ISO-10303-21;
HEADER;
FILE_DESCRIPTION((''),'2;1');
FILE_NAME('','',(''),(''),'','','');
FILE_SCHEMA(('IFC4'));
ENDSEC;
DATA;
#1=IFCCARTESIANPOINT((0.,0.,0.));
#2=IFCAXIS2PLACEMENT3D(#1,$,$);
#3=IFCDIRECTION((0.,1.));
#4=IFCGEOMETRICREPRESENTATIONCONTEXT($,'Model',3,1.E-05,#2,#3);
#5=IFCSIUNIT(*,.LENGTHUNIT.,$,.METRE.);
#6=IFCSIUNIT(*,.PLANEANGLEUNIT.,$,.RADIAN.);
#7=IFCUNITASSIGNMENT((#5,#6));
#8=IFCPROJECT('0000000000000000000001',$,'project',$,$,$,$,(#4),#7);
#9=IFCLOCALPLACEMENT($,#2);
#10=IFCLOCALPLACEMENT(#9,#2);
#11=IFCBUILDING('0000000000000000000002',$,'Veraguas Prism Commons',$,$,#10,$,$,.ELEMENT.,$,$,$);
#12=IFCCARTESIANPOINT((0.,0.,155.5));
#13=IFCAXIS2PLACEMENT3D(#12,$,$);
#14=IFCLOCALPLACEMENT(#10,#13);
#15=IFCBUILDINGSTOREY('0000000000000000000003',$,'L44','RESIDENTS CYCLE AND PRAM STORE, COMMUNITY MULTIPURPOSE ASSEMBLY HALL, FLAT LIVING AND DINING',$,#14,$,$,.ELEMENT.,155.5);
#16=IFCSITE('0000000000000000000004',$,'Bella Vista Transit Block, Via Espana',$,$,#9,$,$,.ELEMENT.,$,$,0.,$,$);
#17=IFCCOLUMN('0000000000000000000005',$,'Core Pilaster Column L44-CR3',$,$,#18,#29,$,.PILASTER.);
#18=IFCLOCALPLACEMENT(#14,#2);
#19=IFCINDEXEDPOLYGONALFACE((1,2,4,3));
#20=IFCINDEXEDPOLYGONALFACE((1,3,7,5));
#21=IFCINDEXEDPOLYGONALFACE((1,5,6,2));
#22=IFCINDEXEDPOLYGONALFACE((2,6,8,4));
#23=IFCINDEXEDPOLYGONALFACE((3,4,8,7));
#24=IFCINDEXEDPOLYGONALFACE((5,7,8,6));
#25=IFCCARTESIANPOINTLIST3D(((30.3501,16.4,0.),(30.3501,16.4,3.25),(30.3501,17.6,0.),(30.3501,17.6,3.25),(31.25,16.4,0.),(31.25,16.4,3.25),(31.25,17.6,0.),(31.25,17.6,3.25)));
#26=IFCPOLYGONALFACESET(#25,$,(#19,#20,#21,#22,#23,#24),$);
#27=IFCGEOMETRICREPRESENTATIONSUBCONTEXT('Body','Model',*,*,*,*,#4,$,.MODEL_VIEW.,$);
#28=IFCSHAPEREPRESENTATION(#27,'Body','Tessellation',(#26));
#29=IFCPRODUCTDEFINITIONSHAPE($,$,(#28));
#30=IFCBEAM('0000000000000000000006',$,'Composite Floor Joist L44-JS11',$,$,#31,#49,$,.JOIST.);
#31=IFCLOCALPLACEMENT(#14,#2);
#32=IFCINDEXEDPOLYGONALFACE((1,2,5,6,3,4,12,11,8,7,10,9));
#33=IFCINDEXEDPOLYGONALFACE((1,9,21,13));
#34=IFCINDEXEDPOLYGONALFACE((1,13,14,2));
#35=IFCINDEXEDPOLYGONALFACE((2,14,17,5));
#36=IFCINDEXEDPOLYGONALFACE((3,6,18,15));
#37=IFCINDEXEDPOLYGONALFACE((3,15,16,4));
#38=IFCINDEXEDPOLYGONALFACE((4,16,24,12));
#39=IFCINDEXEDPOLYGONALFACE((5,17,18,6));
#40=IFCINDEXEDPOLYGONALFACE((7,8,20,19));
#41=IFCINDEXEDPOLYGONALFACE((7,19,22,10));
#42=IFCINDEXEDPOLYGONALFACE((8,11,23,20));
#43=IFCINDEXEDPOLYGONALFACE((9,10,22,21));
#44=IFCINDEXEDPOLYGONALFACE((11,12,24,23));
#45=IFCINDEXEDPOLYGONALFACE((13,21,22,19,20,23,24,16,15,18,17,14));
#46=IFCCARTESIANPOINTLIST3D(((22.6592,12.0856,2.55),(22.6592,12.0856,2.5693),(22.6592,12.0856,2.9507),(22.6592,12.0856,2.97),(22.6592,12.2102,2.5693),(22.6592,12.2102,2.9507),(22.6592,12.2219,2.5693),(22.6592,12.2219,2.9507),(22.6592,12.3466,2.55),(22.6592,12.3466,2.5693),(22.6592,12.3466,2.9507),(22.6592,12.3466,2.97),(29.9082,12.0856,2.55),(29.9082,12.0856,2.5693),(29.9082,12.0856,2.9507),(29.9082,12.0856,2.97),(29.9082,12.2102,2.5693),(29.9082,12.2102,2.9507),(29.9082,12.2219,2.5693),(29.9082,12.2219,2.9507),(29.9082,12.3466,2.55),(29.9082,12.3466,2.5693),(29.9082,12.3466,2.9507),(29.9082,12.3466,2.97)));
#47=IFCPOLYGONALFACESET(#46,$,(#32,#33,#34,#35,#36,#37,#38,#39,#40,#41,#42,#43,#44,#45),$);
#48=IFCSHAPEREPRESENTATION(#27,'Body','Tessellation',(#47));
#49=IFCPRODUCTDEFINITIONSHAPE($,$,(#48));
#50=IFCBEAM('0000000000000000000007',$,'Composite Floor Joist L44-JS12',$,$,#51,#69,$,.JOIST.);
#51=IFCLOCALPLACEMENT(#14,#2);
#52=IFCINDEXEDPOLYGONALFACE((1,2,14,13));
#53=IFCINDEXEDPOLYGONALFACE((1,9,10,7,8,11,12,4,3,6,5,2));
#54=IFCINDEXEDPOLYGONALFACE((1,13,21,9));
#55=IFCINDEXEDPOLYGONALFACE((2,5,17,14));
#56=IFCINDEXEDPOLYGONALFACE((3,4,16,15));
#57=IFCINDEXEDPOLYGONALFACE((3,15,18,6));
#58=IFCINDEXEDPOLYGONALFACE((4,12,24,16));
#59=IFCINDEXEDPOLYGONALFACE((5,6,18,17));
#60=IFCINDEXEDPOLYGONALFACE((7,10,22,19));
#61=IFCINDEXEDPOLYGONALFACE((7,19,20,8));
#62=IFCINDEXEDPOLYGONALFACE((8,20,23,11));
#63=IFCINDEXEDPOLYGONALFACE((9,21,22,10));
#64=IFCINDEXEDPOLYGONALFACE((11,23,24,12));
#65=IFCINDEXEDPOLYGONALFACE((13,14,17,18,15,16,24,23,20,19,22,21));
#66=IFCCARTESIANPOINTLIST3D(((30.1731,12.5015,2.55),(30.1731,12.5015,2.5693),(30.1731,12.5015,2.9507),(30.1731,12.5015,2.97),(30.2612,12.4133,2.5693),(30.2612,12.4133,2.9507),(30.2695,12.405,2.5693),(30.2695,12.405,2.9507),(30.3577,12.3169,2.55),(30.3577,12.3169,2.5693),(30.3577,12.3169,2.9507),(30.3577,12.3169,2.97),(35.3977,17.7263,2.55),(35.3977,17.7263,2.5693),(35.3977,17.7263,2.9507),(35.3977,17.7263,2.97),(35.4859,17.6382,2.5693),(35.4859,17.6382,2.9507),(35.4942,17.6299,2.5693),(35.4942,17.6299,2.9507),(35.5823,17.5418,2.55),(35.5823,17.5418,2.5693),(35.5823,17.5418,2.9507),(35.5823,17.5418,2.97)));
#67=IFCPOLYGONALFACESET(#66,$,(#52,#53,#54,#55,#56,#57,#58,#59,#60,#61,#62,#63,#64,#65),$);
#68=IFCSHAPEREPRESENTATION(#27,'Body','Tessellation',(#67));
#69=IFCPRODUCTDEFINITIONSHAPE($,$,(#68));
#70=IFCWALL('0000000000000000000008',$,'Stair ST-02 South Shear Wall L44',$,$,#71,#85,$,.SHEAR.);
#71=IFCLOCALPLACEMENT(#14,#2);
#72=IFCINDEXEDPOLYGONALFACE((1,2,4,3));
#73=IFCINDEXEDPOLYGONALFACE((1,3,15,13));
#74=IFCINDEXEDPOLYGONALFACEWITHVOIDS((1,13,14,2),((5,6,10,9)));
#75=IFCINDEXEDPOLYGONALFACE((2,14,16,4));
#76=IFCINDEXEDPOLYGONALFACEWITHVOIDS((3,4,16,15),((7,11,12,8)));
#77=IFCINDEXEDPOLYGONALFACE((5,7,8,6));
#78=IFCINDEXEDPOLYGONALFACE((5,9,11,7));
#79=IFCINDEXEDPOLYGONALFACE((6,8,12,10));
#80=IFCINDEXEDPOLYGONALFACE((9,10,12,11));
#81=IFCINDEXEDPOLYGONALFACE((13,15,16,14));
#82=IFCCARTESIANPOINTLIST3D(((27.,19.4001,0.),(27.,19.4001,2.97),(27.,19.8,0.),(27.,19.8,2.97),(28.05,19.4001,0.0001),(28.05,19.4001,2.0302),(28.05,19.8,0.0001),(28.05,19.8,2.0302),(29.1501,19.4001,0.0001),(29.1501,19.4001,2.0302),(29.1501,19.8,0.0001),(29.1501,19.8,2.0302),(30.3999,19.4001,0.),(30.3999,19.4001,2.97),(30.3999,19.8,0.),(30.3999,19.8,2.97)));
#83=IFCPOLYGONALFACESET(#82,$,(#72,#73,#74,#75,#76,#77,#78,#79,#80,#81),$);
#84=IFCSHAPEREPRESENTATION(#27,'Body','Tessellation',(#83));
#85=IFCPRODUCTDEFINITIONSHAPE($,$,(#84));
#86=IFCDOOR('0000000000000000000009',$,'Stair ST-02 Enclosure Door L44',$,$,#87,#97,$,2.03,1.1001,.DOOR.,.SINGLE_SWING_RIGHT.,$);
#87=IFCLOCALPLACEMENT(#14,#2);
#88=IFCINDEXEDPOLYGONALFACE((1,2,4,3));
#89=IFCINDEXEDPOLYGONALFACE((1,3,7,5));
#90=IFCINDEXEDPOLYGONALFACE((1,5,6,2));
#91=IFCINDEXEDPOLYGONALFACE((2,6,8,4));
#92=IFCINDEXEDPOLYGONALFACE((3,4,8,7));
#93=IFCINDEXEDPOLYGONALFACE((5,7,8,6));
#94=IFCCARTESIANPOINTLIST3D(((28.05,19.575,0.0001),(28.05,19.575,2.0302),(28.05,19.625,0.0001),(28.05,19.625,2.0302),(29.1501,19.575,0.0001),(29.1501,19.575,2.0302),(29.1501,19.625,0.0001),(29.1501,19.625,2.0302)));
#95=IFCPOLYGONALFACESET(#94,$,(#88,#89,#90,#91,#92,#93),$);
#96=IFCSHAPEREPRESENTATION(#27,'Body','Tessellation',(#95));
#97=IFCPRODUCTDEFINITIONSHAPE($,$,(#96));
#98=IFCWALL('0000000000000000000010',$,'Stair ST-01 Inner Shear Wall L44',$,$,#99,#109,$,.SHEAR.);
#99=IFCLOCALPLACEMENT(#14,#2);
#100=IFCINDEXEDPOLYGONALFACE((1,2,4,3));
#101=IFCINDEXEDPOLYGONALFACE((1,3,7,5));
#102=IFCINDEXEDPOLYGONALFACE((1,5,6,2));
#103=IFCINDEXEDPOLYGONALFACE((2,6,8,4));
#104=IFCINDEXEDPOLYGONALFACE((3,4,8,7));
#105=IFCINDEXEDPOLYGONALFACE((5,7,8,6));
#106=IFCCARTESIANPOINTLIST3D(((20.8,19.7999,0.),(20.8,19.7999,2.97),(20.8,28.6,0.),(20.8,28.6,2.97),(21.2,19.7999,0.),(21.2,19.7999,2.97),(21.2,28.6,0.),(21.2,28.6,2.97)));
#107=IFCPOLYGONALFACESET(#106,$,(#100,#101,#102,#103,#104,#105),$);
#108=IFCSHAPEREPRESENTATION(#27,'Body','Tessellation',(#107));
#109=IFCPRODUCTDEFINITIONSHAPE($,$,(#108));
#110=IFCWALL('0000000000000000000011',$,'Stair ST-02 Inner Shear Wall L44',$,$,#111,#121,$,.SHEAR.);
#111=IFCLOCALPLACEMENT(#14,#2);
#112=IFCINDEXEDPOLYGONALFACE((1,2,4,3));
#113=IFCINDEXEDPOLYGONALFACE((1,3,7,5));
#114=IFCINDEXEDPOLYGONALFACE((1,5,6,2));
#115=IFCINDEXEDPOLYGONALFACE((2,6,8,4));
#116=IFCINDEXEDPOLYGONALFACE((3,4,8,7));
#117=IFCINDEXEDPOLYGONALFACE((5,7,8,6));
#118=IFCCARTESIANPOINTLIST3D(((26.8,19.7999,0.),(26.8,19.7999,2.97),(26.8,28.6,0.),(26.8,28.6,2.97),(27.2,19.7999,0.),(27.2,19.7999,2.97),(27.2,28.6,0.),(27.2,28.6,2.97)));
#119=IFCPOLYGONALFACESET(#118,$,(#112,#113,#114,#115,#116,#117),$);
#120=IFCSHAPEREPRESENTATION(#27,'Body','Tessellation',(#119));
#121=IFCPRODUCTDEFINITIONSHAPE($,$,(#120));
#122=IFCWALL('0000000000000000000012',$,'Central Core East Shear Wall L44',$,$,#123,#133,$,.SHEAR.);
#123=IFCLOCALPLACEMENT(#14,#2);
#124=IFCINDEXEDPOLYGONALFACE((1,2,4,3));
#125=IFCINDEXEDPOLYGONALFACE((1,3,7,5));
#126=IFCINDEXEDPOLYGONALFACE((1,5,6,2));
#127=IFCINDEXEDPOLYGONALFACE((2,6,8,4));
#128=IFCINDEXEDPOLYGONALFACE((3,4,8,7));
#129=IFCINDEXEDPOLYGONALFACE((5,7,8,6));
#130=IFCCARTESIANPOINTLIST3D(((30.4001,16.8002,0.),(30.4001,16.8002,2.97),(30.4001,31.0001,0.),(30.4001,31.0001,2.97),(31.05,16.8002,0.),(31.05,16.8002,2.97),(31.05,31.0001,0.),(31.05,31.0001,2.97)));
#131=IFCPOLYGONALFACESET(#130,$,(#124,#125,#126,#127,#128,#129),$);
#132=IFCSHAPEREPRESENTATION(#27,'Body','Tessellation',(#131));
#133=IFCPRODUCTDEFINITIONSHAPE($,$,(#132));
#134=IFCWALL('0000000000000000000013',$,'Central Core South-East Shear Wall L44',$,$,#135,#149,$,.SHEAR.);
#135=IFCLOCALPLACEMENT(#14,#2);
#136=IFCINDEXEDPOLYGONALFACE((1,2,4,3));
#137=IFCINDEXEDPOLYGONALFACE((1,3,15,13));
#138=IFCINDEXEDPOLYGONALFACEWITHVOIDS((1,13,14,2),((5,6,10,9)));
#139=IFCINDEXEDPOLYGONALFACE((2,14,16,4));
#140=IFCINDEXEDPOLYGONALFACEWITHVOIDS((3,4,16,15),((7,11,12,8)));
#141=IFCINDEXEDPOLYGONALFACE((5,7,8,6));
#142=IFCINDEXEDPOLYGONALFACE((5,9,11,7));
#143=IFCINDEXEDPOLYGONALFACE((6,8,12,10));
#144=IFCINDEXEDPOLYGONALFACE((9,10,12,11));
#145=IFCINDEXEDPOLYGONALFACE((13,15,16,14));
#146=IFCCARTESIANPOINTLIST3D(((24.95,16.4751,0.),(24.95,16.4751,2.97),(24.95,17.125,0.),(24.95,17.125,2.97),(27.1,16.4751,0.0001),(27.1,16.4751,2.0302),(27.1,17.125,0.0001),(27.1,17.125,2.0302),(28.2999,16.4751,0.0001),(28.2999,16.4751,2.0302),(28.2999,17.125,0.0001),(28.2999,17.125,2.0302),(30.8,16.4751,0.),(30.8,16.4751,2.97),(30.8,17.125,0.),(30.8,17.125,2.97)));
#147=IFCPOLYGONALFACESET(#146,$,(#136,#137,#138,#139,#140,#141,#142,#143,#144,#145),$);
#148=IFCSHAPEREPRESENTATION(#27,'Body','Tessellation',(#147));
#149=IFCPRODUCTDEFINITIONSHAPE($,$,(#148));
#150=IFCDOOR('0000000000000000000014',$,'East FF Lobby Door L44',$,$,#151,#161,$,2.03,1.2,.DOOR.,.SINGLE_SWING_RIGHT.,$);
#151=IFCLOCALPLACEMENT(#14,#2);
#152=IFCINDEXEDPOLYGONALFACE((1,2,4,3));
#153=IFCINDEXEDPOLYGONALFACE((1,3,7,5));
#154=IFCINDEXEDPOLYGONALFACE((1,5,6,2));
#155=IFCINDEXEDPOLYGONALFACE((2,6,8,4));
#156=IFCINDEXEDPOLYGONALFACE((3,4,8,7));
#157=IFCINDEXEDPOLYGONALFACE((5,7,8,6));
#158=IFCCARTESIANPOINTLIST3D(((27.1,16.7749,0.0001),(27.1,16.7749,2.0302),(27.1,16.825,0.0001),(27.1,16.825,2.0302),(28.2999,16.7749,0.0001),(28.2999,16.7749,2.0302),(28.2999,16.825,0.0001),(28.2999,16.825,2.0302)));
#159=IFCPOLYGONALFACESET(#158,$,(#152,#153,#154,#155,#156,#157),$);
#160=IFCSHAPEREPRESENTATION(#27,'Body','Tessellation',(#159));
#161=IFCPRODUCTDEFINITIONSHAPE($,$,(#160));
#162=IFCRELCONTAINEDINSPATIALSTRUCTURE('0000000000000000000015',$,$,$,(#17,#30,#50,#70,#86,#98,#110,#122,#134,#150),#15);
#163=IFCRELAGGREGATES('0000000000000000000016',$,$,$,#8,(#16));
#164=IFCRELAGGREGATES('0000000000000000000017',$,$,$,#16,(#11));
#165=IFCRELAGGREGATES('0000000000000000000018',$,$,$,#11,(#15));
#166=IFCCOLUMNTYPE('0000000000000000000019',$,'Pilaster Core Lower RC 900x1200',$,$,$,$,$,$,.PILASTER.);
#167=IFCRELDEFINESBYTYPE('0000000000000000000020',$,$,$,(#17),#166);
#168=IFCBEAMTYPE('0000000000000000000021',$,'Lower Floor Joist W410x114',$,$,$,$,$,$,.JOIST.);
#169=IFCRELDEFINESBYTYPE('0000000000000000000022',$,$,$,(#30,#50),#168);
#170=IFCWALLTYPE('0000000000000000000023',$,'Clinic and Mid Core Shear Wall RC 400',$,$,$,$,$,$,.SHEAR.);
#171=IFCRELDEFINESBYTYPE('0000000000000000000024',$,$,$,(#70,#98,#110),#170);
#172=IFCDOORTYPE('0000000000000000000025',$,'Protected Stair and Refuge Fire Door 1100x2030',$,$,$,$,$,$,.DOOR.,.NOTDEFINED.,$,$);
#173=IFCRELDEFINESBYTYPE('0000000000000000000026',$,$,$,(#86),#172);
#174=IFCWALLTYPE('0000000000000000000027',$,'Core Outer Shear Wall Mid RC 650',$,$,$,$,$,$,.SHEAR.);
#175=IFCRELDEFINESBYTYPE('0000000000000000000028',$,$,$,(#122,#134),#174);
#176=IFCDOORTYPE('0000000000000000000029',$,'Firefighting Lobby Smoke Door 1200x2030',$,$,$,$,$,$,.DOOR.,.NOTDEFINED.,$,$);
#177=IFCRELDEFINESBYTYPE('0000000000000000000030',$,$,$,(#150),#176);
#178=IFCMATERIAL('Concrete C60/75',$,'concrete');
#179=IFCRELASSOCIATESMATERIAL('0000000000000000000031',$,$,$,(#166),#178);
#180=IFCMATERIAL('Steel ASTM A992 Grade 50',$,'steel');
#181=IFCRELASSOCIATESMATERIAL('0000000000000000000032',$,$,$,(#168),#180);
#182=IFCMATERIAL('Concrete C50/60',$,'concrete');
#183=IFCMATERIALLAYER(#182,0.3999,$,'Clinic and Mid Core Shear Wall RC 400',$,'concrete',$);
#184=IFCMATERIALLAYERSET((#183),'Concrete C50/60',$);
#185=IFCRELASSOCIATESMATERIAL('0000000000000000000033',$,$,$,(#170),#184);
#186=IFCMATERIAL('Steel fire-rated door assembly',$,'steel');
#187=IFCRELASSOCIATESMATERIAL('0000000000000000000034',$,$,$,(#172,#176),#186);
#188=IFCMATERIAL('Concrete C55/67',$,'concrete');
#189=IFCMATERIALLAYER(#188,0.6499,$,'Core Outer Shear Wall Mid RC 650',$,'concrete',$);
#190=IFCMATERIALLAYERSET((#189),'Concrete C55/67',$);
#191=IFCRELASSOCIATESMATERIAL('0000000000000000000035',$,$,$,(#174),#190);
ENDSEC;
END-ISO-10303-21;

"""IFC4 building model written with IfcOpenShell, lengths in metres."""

from ifc_helpers import new_model, si_unit, direction, frame, frame_2d, origin, origin_2d, place, context, subcontext, project, spatial, rectangle, i_section, extrude, source, transform, mapped, material, layer, layer_set, material_profile, profile_set, type_object, element, fill, save


model = new_model("IFC4")

# Units and contexts
model_context = context("Model", 3, precision=1e-05, world=origin(), true_north=direction((0.0, 1.0)))
body_context = subcontext(model_context, "Body", "Model", "MODEL_VIEW")
ifc_project = project(units=[si_unit("LENGTHUNIT", "METRE"), si_unit("PLANEANGLEUNIT", "RADIAN")], contexts=[model_context])

# Site, building, storey
site_placement = place(None, origin())
site = spatial("IfcSite", under=ifc_project, at=site_placement, Name="Bella Vista Transit Block, Via Espana", CompositionType="ELEMENT", RefElevation=0.0)
building_placement = place(site_placement, origin())
building = spatial("IfcBuilding", under=site, at=building_placement, Name="Veraguas Prism Commons", CompositionType="ELEMENT")
storey_placement = place(building_placement, frame((0.0, 0.0, 155.5)))
storey = spatial("IfcBuildingStorey", under=building, at=storey_placement, Name="L44", Description="RESIDENTS CYCLE AND PRAM STORE, COMMUNITY MULTIPURPOSE ASSEMBLY HALL, FLAT LIVING AND DINING", CompositionType="ELEMENT", Elevation=155.5)

# Column
ifc_material_1 = material(Name="Concrete C60/75", Category="concrete")
ifc_material_profile_1 = material_profile(ifc_material_1, rectangle(XDim=0.8999, YDim=1.2, at=origin_2d()), Name="RC900X1200")
ifc_profile_set_1 = profile_set([ifc_material_profile_1], Name="Concrete C60/75")
column_type = type_object("IfcColumnType", Name="Pilaster Core Lower RC 900x1200", PredefinedType="PILASTER", material=ifc_profile_set_1)
column_placement = place(storey_placement, frame((30.8, 17.0, 0.0), z_axis=(0.0, 0.0, 1.0), x_axis=(1.0, 0.0, 0.0)))
element("IfcColumn", 1, at=column_placement, inside=storey, type_object=column_type, Name="Core Pilaster Column L44-CR3", PredefinedType="PILASTER", context=body_context, shape_type="SweptSolid", body=[
    extrude(rectangle(XDim=0.8999, YDim=1.2, at=origin_2d()), origin(), (0.0, 0.0, 1.0), 3.25),
])

# Beams
ifc_material_2 = material(Name="Steel ASTM A992 Grade 50", Category="steel")
ifc_material_profile_2 = material_profile(ifc_material_2, i_section(OverallWidth=0.261, OverallDepth=0.4199, WebThickness=0.0117, FlangeThickness=0.0193, at=origin_2d()), Name="W410X114")
ifc_profile_set_2 = profile_set([ifc_material_profile_2], Name="Steel ASTM A992 Grade 50")
beam_type = type_object("IfcBeamType", Name="Lower Floor Joist W410x114", PredefinedType="JOIST", material=ifc_profile_set_2)
beam_1_placement = place(storey_placement, frame((22.6592, 12.2161, 2.76), z_axis=(1.0, 0.0, 0.0), x_axis=(0.0, 1.0, 0.0)))
element("IfcBeam", 2, at=beam_1_placement, inside=storey, type_object=beam_type, Name="Composite Floor Joist L44-JS11", PredefinedType="JOIST", context=body_context, shape_type="SweptSolid", body=[
    extrude(i_section(OverallWidth=0.261, OverallDepth=0.4199, WebThickness=0.0117, FlangeThickness=0.0193, at=origin_2d()), origin(), (0.0, 0.0, 1.0), 7.249),
])
beam_2_placement = place(storey_placement, frame((30.2654, 12.4092, 2.76), z_axis=(0.70709, 0.707123, 0.0), x_axis=(-0.707123, 0.70709, 0.0)))
element("IfcBeam", 3, at=beam_2_placement, inside=storey, type_object=beam_type, Name="Composite Floor Joist L44-JS12", PredefinedType="JOIST", context=body_context, shape_type="SweptSolid", body=[
    extrude(i_section(OverallWidth=0.261, OverallDepth=0.4199, WebThickness=0.0117, FlangeThickness=0.0193, at=origin_2d()), origin(), (0.0, 0.0, 1.0), 7.3889),
])

# Wall, opening, door
ifc_material_3 = material(Name="Concrete C50/60", Category="concrete")
ifc_layer_1 = layer(ifc_material_3, 0.3999, Name="Clinic and Mid Core Shear Wall RC 400", Category="concrete")
ifc_layer_set_1 = layer_set([ifc_layer_1], Name="Concrete C50/60")
wall_type_1 = type_object("IfcWallType", Name="Clinic and Mid Core Shear Wall RC 400", PredefinedType="SHEAR", material=ifc_layer_set_1)
wall_1_placement = place(storey_placement, frame((27.0, 19.6001, 0.0), z_axis=(0.0, 0.0, 1.0), x_axis=(1.0, 0.0, 0.0)))
wall_1 = element("IfcWall", 4, at=wall_1_placement, inside=storey, type_object=wall_type_1, Name="Stair ST-02 South Shear Wall L44", PredefinedType="SHEAR", context=body_context, shape_type="SweptSolid", body=[
    extrude(rectangle(XDim=3.3999, YDim=0.3999, at=frame_2d((1.7, 0.0))), origin(), (0.0, 0.0, 1.0), 2.97),
])
opening_1_placement = place(wall_1_placement, frame((1.05, 0.0, 0.0)))
opening_1 = element("IfcOpeningElement", 5, at=opening_1_placement, cuts=wall_1, PredefinedType="OPENING", context=body_context, shape_type="SweptSolid", body=[
    extrude(rectangle(XDim=1.1001, YDim=2.03, at=frame_2d((0.55, 1.0151))), frame((0.0, 0.21, 0.0), z_axis=(0.0, -1.0, 0.0), x_axis=(1.0, 0.0, 0.0)), (0.0, 0.0, 1.0), 0.4199),
])
ifc_material_4 = material(Name="Steel fire-rated door assembly", Category="steel")
door_type_1 = type_object("IfcDoorType", Name="Protected Stair and Refuge Fire Door 1100x2030", OperationType="NOTDEFINED", PredefinedType="DOOR", material=ifc_material_4)
shared_shape_1 = source(origin(), body_context, "Body", "SweptSolid", [
    extrude(rectangle(XDim=1.1001, YDim=2.03, at=frame_2d((0.55, 1.0151))), frame((0.0, 0.0249, 0.0), z_axis=(0.0, -1.0, 0.0), x_axis=(1.0, 0.0, 0.0)), (0.0, 0.0, 1.0), 0.05),
])
door_1_placement = place(opening_1_placement, origin())
door_1 = element("IfcDoor", 6, at=door_1_placement, inside=storey, type_object=door_type_1, Name="Stair ST-02 Enclosure Door L44", OperationType="SINGLE_SWING_RIGHT", OverallHeight=2.03, OverallWidth=1.1001, PredefinedType="DOOR", context=body_context, shape_type="MappedRepresentation", body=[
    mapped(shared_shape_1, transform((0.0, 0.0, 0.0), scale=1.0)),
])
fill(opening_1, door_1)

# Walls
for number, where, z_axis, x_axis, name in (
    (7, (21.0, 19.8, 0.0), (0.0, 0.0, 1.0), (0.0, 1.0, 0.0), "Stair ST-01 Inner Shear Wall L44"),
    (8, (27.0, 19.8, 0.0), (0.0, 0.0, 1.0), (0.0, 1.0, 0.0), "Stair ST-02 Inner Shear Wall L44"),
):
    element("IfcWall", number, at=place(storey_placement, frame(where, z_axis=z_axis, x_axis=x_axis)), inside=storey, type_object=wall_type_1, Name=name, PredefinedType="SHEAR", context=body_context, shape_type="SweptSolid", body=[
        extrude(rectangle(XDim=8.8, YDim=0.3999, at=frame_2d((4.3999, 0.0))), origin(), (0.0, 0.0, 1.0), 2.97),
    ])
ifc_material_5 = material(Name="Concrete C55/67", Category="concrete")
ifc_layer_2 = layer(ifc_material_5, 0.6499, Name="Core Outer Shear Wall Mid RC 650", Category="concrete")
ifc_layer_set_2 = layer_set([ifc_layer_2], Name="Concrete C55/67")
wall_type_2 = type_object("IfcWallType", Name="Core Outer Shear Wall Mid RC 650", PredefinedType="SHEAR", material=ifc_layer_set_2)
wall_2_placement = place(storey_placement, frame((30.7251, 16.8, 0.0), z_axis=(0.0, 0.0, 1.0), x_axis=(0.0, 1.0, 0.0)))
element("IfcWall", 9, at=wall_2_placement, inside=storey, type_object=wall_type_2, Name="Central Core East Shear Wall L44", PredefinedType="SHEAR", context=body_context, shape_type="SweptSolid", body=[
    extrude(rectangle(XDim=14.2, YDim=0.6499, at=frame_2d((7.1001, 0.0))), origin(), (0.0, 0.0, 1.0), 2.97),
])

# Wall, opening, door
wall_3_placement = place(storey_placement, frame((24.95, 16.8, 0.0), z_axis=(0.0, 0.0, 1.0), x_axis=(1.0, 0.0, 0.0)))
wall_3 = element("IfcWall", 10, at=wall_3_placement, inside=storey, type_object=wall_type_2, Name="Central Core South-East Shear Wall L44", PredefinedType="SHEAR", context=body_context, shape_type="SweptSolid", body=[
    extrude(rectangle(XDim=5.8501, YDim=0.6499, at=frame_2d((2.925, 0.0))), origin(), (0.0, 0.0, 1.0), 2.97),
])
opening_2_placement = place(wall_3_placement, frame((2.1499, 0.0, 0.0)))
opening_2 = element("IfcOpeningElement", 11, at=opening_2_placement, cuts=wall_3, PredefinedType="OPENING", context=body_context, shape_type="SweptSolid", body=[
    extrude(rectangle(XDim=1.2, YDim=2.03, at=frame_2d((0.6001, 1.0151))), frame((0.0, 0.335, 0.0), z_axis=(0.0, -1.0, 0.0), x_axis=(1.0, 0.0, 0.0)), (0.0, 0.0, 1.0), 0.6699),
])
door_type_2 = type_object("IfcDoorType", Name="Firefighting Lobby Smoke Door 1200x2030", OperationType="NOTDEFINED", PredefinedType="DOOR", material=ifc_material_4)
shared_shape_2 = source(origin(), body_context, "Body", "SweptSolid", [
    extrude(rectangle(XDim=1.2, YDim=2.03, at=frame_2d((0.6001, 1.0151))), frame((0.0, 0.0249, 0.0), z_axis=(0.0, -1.0, 0.0), x_axis=(1.0, 0.0, 0.0)), (0.0, 0.0, 1.0), 0.05),
])
door_2_placement = place(opening_2_placement, origin())
door_2 = element("IfcDoor", 12, at=door_2_placement, inside=storey, type_object=door_type_2, Name="East FF Lobby Door L44", OperationType="SINGLE_SWING_RIGHT", OverallHeight=2.03, OverallWidth=1.2, PredefinedType="DOOR", context=body_context, shape_type="MappedRepresentation", body=[
    mapped(shared_shape_2, transform((0.0, 0.0, 0.0), scale=1.0)),
])
fill(opening_2, door_2)

save(model, "model.ifc")
